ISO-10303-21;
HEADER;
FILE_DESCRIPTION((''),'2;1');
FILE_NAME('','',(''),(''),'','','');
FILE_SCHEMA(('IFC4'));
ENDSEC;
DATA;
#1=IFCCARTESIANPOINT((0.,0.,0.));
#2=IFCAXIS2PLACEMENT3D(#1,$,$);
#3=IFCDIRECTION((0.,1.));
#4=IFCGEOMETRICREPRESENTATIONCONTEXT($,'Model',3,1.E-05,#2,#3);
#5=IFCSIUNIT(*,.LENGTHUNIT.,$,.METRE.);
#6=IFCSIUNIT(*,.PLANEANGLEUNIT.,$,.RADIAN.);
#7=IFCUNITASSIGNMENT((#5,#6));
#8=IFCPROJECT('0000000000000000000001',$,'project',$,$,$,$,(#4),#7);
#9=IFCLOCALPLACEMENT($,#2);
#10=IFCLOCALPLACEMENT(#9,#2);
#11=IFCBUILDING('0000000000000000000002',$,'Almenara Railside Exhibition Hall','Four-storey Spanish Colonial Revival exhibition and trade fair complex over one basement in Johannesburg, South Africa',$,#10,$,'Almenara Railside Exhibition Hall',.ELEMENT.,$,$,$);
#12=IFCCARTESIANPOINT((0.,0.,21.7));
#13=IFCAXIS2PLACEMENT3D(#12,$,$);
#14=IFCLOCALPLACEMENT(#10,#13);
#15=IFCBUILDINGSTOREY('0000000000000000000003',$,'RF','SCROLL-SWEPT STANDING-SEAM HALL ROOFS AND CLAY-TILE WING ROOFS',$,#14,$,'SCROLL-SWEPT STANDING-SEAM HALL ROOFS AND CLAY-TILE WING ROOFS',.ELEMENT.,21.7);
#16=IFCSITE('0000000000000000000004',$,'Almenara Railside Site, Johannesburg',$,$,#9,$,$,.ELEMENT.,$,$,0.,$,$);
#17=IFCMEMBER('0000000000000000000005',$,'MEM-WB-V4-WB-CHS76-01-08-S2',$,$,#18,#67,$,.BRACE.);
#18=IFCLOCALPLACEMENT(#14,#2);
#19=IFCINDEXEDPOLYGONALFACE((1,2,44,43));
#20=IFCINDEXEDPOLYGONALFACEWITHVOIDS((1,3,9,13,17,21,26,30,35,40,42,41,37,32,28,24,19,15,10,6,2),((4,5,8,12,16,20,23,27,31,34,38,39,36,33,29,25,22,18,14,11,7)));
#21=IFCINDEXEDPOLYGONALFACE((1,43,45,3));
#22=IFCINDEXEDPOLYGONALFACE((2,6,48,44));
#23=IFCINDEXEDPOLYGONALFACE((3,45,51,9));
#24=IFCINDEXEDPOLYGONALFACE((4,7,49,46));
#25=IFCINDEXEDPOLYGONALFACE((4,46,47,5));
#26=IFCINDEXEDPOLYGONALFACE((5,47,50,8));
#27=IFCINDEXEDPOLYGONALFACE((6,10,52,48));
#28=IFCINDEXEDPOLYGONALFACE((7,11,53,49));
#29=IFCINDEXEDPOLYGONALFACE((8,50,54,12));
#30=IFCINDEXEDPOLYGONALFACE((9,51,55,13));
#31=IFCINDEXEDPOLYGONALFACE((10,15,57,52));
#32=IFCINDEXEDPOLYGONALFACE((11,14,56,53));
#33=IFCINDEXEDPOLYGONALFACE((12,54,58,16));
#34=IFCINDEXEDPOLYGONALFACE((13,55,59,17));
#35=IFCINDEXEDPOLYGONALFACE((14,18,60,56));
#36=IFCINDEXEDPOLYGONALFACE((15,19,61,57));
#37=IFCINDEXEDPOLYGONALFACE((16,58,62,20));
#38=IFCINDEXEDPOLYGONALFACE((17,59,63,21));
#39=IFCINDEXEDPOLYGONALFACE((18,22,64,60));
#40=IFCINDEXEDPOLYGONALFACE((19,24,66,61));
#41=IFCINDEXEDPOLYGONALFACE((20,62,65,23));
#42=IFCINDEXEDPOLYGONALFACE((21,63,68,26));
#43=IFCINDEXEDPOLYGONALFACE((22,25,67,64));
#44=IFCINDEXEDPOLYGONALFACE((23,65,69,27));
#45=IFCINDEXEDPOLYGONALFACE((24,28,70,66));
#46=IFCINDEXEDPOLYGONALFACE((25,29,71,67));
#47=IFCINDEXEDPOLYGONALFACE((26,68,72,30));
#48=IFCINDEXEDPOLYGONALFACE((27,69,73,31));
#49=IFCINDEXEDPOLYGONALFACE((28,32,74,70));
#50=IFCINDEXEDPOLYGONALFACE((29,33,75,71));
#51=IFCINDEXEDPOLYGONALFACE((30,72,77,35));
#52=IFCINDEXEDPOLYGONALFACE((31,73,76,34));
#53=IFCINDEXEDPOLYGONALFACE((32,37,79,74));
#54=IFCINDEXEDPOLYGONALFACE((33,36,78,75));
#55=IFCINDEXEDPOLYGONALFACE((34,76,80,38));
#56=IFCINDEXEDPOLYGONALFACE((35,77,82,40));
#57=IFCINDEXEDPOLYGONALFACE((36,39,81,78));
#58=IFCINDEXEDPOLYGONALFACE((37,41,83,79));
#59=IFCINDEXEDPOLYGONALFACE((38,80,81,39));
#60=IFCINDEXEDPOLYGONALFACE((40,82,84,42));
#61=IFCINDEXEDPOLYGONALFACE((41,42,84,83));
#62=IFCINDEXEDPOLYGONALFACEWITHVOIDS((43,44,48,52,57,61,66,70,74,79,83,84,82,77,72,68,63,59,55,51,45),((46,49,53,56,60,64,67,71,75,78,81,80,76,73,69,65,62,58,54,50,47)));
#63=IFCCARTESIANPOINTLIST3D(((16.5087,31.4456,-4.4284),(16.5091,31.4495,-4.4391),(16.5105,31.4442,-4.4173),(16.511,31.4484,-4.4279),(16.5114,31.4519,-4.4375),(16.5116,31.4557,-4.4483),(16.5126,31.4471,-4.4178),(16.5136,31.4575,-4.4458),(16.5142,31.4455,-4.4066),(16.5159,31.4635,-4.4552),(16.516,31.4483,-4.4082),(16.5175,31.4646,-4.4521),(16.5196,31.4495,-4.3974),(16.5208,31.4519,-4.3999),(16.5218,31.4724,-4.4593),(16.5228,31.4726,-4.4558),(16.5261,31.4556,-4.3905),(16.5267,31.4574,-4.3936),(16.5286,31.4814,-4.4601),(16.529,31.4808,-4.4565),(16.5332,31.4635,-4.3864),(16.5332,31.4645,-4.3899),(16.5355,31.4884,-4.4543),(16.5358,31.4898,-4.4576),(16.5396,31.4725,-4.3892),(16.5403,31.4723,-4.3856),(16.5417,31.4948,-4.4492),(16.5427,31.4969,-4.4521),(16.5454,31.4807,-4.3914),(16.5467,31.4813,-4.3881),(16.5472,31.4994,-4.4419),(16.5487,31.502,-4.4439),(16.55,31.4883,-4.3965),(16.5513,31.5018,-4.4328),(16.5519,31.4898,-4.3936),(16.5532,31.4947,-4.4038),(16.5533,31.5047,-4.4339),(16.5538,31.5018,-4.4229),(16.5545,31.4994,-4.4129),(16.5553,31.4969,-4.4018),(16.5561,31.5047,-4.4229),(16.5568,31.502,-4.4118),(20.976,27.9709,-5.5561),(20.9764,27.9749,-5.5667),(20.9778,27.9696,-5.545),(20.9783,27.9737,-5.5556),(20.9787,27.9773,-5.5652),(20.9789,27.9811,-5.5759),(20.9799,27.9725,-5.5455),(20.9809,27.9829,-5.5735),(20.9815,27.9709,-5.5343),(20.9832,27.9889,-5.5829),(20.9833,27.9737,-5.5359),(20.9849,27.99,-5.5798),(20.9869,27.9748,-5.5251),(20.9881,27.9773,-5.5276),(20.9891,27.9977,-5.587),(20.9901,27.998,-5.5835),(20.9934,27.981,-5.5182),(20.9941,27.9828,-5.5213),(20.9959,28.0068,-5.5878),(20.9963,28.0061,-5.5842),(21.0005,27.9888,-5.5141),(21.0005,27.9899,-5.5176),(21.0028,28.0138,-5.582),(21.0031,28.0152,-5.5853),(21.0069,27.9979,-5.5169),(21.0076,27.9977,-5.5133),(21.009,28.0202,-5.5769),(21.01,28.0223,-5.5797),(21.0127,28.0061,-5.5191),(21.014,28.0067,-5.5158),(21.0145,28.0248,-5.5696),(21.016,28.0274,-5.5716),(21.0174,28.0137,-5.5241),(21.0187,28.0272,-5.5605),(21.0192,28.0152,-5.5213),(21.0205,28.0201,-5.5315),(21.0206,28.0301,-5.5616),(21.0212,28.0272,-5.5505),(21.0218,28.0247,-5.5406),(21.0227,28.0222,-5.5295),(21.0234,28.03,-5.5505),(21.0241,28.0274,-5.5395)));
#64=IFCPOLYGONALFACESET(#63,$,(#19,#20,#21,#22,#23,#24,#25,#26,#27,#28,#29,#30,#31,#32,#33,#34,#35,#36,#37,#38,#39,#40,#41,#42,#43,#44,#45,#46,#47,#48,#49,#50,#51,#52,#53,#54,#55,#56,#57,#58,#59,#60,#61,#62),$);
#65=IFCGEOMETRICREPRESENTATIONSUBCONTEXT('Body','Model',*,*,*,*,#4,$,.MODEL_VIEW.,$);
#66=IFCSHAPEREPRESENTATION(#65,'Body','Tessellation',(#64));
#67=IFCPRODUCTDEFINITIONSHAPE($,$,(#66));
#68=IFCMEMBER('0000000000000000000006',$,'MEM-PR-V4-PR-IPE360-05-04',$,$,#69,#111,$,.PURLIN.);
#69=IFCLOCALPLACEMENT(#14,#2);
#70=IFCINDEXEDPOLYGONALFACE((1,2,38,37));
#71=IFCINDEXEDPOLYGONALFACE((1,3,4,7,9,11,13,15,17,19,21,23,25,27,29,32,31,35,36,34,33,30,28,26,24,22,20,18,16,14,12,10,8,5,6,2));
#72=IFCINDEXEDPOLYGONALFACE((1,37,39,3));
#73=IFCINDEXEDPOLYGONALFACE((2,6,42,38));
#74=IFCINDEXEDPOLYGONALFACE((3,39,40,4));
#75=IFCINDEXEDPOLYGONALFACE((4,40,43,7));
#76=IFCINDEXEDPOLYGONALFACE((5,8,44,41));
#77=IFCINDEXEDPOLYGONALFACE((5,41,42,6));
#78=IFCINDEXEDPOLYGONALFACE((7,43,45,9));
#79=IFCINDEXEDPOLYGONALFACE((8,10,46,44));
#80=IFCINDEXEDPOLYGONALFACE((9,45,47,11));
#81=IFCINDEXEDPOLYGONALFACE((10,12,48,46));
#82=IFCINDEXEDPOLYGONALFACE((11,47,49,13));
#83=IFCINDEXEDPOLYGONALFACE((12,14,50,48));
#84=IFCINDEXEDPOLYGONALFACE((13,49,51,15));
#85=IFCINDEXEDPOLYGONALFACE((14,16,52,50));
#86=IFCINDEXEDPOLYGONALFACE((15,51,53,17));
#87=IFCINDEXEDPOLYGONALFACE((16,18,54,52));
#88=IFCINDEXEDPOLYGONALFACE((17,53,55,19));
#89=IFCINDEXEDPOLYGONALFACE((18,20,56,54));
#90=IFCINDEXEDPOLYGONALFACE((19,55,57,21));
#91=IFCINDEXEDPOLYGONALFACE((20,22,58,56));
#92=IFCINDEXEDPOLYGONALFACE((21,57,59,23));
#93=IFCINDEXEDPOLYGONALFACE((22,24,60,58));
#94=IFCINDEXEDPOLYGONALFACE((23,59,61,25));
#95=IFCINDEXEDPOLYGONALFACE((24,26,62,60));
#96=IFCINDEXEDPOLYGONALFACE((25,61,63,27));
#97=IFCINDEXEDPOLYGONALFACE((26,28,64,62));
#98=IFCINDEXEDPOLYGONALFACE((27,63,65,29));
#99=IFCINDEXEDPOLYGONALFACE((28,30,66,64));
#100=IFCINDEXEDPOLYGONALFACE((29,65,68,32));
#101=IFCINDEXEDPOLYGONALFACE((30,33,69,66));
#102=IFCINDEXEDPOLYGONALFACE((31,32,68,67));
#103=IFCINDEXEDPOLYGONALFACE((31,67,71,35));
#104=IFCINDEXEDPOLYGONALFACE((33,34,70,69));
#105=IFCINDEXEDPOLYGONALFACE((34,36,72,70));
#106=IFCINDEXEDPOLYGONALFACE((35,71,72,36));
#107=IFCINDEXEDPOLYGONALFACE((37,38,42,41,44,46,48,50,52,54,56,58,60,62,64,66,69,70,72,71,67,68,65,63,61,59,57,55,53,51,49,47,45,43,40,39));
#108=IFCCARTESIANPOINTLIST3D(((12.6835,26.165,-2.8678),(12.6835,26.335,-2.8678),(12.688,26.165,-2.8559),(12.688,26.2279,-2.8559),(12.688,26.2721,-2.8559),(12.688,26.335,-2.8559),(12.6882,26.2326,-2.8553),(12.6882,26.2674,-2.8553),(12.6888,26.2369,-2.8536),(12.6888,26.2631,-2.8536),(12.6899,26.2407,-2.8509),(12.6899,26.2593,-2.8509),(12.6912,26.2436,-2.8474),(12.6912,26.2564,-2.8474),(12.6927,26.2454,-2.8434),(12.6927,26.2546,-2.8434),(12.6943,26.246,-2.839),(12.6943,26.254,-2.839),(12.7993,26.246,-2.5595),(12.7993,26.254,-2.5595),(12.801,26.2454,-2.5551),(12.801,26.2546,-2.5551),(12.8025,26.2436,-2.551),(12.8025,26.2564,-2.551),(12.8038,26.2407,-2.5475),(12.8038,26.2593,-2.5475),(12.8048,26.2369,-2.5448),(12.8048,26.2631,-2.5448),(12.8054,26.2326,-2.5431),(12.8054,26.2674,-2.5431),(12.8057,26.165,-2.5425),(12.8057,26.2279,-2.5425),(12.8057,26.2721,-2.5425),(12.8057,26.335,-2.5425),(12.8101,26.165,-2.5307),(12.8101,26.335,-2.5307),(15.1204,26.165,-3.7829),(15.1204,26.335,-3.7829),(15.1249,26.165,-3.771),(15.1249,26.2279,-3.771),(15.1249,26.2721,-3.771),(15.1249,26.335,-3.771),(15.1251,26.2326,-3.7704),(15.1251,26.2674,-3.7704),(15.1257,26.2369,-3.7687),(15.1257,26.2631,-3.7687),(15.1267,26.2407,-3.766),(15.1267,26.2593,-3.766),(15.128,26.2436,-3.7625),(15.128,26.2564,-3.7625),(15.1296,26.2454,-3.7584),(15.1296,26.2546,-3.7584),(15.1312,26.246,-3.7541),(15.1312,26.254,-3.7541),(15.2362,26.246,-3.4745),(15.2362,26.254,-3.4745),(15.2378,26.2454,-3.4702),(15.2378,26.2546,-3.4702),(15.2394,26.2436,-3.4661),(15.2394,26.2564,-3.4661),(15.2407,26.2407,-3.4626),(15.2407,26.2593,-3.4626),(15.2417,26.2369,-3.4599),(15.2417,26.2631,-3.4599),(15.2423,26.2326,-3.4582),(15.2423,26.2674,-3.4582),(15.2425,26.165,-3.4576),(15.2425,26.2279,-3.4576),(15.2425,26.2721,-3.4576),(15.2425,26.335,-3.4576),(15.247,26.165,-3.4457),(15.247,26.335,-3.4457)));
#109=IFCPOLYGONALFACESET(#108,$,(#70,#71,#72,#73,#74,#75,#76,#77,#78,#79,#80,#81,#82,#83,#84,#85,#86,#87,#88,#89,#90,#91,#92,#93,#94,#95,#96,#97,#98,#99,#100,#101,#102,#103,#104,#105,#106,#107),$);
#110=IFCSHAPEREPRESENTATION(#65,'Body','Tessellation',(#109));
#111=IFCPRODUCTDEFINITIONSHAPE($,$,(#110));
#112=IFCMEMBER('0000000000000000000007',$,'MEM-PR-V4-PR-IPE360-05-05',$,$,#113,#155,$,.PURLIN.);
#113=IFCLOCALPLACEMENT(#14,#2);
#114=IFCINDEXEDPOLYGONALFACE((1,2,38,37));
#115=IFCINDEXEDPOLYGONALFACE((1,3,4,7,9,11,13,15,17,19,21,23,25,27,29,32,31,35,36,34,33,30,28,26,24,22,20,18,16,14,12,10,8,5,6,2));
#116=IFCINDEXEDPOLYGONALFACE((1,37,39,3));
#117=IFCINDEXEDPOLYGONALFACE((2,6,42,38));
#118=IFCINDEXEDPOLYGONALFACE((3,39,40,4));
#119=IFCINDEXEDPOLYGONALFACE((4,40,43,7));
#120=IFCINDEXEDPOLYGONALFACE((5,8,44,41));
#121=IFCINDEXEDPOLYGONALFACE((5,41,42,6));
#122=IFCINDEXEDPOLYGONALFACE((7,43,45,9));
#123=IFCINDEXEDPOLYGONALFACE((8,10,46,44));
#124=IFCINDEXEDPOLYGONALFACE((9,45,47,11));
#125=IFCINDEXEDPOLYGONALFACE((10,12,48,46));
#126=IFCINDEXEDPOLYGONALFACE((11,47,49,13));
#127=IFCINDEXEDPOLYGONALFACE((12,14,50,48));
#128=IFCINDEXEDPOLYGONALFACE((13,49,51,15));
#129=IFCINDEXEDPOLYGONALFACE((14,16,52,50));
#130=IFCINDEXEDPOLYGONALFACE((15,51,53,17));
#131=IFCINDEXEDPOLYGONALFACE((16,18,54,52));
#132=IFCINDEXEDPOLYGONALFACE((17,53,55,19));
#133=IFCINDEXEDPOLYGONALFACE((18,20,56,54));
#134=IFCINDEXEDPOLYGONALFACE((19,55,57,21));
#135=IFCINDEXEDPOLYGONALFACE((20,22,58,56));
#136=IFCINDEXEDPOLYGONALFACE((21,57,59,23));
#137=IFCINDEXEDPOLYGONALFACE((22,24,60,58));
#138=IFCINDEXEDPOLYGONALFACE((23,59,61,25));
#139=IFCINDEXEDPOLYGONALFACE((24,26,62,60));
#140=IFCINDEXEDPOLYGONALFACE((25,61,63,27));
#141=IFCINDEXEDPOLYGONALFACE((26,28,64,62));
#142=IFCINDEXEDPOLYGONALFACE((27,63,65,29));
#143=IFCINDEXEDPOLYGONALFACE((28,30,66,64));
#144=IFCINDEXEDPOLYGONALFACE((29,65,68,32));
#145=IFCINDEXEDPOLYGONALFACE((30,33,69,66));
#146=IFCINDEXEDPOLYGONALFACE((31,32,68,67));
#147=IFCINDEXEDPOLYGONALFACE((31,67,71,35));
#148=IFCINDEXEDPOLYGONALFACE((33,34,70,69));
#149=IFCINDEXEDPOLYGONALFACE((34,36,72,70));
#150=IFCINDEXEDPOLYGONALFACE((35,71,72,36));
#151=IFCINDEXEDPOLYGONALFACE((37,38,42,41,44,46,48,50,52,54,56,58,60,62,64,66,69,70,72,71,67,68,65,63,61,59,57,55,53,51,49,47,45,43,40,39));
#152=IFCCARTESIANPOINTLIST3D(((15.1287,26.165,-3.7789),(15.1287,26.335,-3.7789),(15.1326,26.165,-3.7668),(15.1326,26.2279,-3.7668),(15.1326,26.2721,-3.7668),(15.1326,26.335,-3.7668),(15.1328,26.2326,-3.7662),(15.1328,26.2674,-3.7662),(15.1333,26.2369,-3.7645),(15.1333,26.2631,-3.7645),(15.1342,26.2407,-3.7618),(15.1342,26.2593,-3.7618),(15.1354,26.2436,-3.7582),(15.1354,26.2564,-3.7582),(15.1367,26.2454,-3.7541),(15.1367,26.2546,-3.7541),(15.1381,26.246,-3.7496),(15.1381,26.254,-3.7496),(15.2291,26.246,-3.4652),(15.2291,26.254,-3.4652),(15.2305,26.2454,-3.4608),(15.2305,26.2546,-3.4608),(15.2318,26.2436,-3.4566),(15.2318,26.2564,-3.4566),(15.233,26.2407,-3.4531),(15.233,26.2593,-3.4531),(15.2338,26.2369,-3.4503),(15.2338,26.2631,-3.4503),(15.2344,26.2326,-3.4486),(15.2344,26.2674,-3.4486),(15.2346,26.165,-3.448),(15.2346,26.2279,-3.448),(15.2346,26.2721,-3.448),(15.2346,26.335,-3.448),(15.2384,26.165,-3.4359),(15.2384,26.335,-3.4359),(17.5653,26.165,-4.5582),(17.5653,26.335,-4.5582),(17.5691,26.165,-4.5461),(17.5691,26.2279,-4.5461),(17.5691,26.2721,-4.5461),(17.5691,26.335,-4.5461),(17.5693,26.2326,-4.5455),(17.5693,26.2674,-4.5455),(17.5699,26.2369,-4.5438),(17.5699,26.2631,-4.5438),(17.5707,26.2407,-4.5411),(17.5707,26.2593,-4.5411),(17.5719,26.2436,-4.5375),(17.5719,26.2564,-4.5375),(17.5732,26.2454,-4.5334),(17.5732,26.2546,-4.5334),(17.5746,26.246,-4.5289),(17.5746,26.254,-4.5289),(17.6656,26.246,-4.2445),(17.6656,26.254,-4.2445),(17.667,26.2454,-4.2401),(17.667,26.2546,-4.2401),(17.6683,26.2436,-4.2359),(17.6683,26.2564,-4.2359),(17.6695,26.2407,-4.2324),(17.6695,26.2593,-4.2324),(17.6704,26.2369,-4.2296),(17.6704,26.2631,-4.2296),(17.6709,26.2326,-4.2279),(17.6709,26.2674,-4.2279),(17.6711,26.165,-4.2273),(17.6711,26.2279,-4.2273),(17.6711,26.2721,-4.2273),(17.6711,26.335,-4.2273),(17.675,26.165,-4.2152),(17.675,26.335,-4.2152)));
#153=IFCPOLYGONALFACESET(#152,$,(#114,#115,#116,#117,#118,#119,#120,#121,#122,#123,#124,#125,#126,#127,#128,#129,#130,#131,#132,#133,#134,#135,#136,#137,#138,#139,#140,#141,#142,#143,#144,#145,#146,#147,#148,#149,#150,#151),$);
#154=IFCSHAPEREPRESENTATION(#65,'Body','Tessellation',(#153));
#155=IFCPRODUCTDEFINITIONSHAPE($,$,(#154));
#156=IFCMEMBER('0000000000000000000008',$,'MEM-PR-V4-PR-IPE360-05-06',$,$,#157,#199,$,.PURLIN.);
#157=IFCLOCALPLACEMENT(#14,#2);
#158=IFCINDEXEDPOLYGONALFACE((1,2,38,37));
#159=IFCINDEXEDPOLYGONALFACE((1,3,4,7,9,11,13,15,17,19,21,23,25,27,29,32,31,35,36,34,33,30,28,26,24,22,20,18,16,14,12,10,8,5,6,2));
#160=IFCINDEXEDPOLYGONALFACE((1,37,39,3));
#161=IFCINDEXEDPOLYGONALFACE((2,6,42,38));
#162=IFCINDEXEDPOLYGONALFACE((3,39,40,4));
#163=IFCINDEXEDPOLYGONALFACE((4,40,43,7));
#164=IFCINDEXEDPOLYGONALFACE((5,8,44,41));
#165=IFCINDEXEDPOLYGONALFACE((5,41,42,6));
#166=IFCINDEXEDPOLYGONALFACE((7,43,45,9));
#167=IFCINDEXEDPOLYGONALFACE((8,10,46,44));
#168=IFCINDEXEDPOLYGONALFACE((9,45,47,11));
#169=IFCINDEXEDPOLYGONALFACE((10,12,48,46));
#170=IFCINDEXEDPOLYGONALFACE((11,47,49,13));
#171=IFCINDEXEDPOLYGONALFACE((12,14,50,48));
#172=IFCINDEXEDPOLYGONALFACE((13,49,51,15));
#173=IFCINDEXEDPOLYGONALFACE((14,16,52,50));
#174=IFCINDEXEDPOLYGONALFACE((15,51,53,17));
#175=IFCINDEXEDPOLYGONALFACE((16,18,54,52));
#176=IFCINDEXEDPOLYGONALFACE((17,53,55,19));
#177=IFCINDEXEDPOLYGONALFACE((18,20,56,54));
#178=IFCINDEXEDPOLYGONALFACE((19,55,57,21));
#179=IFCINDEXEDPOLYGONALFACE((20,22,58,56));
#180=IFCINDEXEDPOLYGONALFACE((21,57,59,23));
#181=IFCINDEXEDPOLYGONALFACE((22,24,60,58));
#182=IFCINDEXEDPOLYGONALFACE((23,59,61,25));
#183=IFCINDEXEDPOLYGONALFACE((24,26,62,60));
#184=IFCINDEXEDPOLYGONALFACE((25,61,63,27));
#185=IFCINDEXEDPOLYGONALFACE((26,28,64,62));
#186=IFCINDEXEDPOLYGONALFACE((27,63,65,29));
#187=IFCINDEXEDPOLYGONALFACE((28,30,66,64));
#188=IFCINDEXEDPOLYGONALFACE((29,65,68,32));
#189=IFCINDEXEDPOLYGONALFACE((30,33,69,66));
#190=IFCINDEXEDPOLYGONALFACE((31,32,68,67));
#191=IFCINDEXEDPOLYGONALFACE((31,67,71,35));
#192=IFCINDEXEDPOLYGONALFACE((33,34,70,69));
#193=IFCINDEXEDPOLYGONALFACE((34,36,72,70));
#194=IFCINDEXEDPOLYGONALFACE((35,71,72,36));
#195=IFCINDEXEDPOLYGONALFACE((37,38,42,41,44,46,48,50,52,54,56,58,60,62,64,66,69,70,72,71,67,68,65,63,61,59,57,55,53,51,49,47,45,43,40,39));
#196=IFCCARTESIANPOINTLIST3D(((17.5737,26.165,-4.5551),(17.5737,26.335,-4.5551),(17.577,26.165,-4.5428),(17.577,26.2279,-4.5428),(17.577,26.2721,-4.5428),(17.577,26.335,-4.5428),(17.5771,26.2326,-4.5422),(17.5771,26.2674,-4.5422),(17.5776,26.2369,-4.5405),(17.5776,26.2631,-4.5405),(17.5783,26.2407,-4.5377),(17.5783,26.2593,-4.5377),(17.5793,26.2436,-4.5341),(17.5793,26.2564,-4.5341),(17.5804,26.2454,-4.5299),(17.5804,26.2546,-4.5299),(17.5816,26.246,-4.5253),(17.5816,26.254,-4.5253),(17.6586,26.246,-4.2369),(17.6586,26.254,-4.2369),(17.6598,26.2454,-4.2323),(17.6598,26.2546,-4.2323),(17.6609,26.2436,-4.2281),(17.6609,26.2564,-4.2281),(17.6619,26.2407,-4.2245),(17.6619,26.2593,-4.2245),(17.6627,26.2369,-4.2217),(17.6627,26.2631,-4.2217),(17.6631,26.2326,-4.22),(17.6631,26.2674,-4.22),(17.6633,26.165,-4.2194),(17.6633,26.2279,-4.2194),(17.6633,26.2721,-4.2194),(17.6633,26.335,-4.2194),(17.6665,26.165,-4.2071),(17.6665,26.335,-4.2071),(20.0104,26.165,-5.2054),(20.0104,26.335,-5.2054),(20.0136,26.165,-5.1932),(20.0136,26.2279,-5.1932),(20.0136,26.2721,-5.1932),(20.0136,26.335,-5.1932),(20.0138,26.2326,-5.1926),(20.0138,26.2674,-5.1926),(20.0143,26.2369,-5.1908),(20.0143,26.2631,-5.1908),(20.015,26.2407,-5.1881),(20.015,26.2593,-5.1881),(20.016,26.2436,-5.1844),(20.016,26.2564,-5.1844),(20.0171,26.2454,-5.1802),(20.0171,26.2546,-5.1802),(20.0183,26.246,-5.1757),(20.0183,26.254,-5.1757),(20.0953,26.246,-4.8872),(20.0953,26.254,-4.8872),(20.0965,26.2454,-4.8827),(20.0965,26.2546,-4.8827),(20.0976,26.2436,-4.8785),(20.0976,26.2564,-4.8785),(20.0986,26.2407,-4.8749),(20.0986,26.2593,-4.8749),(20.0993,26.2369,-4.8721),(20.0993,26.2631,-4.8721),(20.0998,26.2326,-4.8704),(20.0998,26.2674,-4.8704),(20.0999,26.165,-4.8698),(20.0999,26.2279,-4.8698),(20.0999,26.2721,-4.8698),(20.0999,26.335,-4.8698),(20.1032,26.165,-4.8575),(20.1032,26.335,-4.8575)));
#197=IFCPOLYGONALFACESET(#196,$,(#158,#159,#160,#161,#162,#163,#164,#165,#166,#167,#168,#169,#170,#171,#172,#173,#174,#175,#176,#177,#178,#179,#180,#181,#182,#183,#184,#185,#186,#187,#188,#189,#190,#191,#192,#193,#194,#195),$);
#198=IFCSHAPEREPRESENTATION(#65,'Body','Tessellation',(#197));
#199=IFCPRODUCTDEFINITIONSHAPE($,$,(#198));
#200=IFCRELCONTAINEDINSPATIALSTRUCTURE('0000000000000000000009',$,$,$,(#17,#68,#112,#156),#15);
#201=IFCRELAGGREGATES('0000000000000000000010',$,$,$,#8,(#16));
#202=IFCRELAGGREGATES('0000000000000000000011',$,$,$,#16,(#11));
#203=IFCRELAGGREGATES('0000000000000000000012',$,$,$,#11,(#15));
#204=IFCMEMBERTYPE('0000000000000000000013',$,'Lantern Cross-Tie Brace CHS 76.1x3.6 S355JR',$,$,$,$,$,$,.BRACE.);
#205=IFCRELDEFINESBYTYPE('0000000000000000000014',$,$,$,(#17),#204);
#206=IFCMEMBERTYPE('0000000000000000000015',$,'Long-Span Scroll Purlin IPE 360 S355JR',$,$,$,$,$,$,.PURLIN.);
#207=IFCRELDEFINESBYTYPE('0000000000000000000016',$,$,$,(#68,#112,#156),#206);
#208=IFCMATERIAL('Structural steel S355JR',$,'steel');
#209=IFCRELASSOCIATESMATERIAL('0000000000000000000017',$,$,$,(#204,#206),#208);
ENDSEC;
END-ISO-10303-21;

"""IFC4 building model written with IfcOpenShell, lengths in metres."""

from ifc_helpers import new_model, si_unit, direction, frame, origin, origin_2d, place, context, subcontext, project, spatial, hollow_circle, i_section, extrude, material, material_profile, profile_set, type_object, element, save


model = new_model("IFC4")

# Units and contexts
model_context = context("Model", 3, precision=1e-05, world=origin(), true_north=direction((0.0, 1.0)))
body_context = subcontext(model_context, "Body", "Model", "MODEL_VIEW")
ifc_project = project(units=[si_unit("LENGTHUNIT", "METRE"), si_unit("PLANEANGLEUNIT", "RADIAN")], contexts=[model_context])

# Site, building, storey
site_placement = place(None, origin())
site = spatial("IfcSite", under=ifc_project, at=site_placement, Name="Almenara Railside Site, Johannesburg", CompositionType="ELEMENT", RefElevation=0.0)
building_placement = place(site_placement, origin())
building = spatial("IfcBuilding", under=site, at=building_placement, Name="Almenara Railside Exhibition Hall", Description="Four-storey Spanish Colonial Revival exhibition and trade fair complex over one basement in Johannesburg, South Africa", LongName="Almenara Railside Exhibition Hall", CompositionType="ELEMENT")
storey_placement = place(building_placement, frame((0.0, 0.0, 21.7)))
storey = spatial("IfcBuildingStorey", under=building, at=storey_placement, Name="RF", Description="SCROLL-SWEPT STANDING-SEAM HALL ROOFS AND CLAY-TILE WING ROOFS", LongName="SCROLL-SWEPT STANDING-SEAM HALL ROOFS AND CLAY-TILE WING ROOFS", CompositionType="ELEMENT", Elevation=21.7)

# Members
ifc_material_1 = material(Name="Structural steel S355JR", Category="steel")
ifc_material_profile_1 = material_profile(ifc_material_1, hollow_circle(Radius=0.0381, WallThickness=0.0037, at=origin_2d()), Name="CHS 76.1x3.6")
ifc_profile_set_1 = profile_set([ifc_material_profile_1], Name="Structural steel S355JR")
member_type_1 = type_object("IfcMemberType", Name="Lantern Cross-Tie Brace CHS 76.1x3.6 S355JR", PredefinedType="BRACE", material=ifc_profile_set_1)
member_1_placement = place(storey_placement, frame((16.5327, 31.4746, -4.4229), z_axis=(0.774129, -0.60211, -0.195415), x_axis=(0.613947, 0.789348, 0.0)))
element("IfcMember", 1, at=member_1_placement, inside=storey, type_object=member_type_1, Name="MEM-WB-V4-WB-CHS76-01-08-S2", PredefinedType="BRACE", context=body_context, shape_type="SweptSolid", body=[
    extrude(hollow_circle(Radius=0.0381, WallThickness=0.0037, at=origin_2d()), origin(), (0.0, 0.0, 1.0), 5.7708),
])
ifc_material_profile_2 = material_profile(ifc_material_1, i_section(OverallWidth=0.1699, OverallDepth=0.3601, WebThickness=0.0081, FlangeThickness=0.0127, FilletRadius=0.0181, at=origin_2d()), Name="IPE 360")
ifc_profile_set_2 = profile_set([ifc_material_profile_2], Name="Structural steel S355JR")
member_type_2 = type_object("IfcMemberType", Name="Long-Span Scroll Purlin IPE 360 S355JR", PredefinedType="PURLIN", material=ifc_profile_set_2)
member_2_placement = place(storey_placement, frame((12.7468, 26.25, -2.6992), z_axis=(0.936171, 0.0, -0.351545), x_axis=(0.0, 1.0, 0.0)))
element("IfcMember", 2, at=member_2_placement, inside=storey, type_object=member_type_2, Name="MEM-PR-V4-PR-IPE360-05-04", PredefinedType="PURLIN", context=body_context, shape_type="SweptSolid", body=[
    extrude(i_section(OverallWidth=0.1699, OverallDepth=0.3601, WebThickness=0.0081, FlangeThickness=0.0127, FilletRadius=0.0181, at=origin_2d()), origin(), (0.0, 0.0, 1.0), 2.603),
])
member_3_placement = place(storey_placement, frame((15.1836, 26.25, -3.6074), z_axis=(0.952468, 0.0, -0.304637), x_axis=(0.0, 1.0, 0.0)))
element("IfcMember", 3, at=member_3_placement, inside=storey, type_object=member_type_2, Name="MEM-PR-V4-PR-IPE360-05-05", PredefinedType="PURLIN", context=body_context, shape_type="SweptSolid", body=[
    extrude(i_section(OverallWidth=0.1699, OverallDepth=0.3601, WebThickness=0.0081, FlangeThickness=0.0127, FilletRadius=0.0181, at=origin_2d()), origin(), (0.0, 0.0, 1.0), 2.5581),
])
member_4_placement = place(storey_placement, frame((17.6201, 26.25, -4.3811), z_axis=(0.966177, 0.0, -0.25788), x_axis=(0.0, 1.0, 0.0)))
element("IfcMember", 4, at=member_4_placement, inside=storey, type_object=member_type_2, Name="MEM-PR-V4-PR-IPE360-05-06", PredefinedType="PURLIN", context=body_context, shape_type="SweptSolid", body=[
    extrude(i_section(OverallWidth=0.1699, OverallDepth=0.3601, WebThickness=0.0081, FlangeThickness=0.0127, FilletRadius=0.0181, at=origin_2d()), origin(), (0.0, 0.0, 1.0), 2.522),
])

save(model, "model.ifc")
